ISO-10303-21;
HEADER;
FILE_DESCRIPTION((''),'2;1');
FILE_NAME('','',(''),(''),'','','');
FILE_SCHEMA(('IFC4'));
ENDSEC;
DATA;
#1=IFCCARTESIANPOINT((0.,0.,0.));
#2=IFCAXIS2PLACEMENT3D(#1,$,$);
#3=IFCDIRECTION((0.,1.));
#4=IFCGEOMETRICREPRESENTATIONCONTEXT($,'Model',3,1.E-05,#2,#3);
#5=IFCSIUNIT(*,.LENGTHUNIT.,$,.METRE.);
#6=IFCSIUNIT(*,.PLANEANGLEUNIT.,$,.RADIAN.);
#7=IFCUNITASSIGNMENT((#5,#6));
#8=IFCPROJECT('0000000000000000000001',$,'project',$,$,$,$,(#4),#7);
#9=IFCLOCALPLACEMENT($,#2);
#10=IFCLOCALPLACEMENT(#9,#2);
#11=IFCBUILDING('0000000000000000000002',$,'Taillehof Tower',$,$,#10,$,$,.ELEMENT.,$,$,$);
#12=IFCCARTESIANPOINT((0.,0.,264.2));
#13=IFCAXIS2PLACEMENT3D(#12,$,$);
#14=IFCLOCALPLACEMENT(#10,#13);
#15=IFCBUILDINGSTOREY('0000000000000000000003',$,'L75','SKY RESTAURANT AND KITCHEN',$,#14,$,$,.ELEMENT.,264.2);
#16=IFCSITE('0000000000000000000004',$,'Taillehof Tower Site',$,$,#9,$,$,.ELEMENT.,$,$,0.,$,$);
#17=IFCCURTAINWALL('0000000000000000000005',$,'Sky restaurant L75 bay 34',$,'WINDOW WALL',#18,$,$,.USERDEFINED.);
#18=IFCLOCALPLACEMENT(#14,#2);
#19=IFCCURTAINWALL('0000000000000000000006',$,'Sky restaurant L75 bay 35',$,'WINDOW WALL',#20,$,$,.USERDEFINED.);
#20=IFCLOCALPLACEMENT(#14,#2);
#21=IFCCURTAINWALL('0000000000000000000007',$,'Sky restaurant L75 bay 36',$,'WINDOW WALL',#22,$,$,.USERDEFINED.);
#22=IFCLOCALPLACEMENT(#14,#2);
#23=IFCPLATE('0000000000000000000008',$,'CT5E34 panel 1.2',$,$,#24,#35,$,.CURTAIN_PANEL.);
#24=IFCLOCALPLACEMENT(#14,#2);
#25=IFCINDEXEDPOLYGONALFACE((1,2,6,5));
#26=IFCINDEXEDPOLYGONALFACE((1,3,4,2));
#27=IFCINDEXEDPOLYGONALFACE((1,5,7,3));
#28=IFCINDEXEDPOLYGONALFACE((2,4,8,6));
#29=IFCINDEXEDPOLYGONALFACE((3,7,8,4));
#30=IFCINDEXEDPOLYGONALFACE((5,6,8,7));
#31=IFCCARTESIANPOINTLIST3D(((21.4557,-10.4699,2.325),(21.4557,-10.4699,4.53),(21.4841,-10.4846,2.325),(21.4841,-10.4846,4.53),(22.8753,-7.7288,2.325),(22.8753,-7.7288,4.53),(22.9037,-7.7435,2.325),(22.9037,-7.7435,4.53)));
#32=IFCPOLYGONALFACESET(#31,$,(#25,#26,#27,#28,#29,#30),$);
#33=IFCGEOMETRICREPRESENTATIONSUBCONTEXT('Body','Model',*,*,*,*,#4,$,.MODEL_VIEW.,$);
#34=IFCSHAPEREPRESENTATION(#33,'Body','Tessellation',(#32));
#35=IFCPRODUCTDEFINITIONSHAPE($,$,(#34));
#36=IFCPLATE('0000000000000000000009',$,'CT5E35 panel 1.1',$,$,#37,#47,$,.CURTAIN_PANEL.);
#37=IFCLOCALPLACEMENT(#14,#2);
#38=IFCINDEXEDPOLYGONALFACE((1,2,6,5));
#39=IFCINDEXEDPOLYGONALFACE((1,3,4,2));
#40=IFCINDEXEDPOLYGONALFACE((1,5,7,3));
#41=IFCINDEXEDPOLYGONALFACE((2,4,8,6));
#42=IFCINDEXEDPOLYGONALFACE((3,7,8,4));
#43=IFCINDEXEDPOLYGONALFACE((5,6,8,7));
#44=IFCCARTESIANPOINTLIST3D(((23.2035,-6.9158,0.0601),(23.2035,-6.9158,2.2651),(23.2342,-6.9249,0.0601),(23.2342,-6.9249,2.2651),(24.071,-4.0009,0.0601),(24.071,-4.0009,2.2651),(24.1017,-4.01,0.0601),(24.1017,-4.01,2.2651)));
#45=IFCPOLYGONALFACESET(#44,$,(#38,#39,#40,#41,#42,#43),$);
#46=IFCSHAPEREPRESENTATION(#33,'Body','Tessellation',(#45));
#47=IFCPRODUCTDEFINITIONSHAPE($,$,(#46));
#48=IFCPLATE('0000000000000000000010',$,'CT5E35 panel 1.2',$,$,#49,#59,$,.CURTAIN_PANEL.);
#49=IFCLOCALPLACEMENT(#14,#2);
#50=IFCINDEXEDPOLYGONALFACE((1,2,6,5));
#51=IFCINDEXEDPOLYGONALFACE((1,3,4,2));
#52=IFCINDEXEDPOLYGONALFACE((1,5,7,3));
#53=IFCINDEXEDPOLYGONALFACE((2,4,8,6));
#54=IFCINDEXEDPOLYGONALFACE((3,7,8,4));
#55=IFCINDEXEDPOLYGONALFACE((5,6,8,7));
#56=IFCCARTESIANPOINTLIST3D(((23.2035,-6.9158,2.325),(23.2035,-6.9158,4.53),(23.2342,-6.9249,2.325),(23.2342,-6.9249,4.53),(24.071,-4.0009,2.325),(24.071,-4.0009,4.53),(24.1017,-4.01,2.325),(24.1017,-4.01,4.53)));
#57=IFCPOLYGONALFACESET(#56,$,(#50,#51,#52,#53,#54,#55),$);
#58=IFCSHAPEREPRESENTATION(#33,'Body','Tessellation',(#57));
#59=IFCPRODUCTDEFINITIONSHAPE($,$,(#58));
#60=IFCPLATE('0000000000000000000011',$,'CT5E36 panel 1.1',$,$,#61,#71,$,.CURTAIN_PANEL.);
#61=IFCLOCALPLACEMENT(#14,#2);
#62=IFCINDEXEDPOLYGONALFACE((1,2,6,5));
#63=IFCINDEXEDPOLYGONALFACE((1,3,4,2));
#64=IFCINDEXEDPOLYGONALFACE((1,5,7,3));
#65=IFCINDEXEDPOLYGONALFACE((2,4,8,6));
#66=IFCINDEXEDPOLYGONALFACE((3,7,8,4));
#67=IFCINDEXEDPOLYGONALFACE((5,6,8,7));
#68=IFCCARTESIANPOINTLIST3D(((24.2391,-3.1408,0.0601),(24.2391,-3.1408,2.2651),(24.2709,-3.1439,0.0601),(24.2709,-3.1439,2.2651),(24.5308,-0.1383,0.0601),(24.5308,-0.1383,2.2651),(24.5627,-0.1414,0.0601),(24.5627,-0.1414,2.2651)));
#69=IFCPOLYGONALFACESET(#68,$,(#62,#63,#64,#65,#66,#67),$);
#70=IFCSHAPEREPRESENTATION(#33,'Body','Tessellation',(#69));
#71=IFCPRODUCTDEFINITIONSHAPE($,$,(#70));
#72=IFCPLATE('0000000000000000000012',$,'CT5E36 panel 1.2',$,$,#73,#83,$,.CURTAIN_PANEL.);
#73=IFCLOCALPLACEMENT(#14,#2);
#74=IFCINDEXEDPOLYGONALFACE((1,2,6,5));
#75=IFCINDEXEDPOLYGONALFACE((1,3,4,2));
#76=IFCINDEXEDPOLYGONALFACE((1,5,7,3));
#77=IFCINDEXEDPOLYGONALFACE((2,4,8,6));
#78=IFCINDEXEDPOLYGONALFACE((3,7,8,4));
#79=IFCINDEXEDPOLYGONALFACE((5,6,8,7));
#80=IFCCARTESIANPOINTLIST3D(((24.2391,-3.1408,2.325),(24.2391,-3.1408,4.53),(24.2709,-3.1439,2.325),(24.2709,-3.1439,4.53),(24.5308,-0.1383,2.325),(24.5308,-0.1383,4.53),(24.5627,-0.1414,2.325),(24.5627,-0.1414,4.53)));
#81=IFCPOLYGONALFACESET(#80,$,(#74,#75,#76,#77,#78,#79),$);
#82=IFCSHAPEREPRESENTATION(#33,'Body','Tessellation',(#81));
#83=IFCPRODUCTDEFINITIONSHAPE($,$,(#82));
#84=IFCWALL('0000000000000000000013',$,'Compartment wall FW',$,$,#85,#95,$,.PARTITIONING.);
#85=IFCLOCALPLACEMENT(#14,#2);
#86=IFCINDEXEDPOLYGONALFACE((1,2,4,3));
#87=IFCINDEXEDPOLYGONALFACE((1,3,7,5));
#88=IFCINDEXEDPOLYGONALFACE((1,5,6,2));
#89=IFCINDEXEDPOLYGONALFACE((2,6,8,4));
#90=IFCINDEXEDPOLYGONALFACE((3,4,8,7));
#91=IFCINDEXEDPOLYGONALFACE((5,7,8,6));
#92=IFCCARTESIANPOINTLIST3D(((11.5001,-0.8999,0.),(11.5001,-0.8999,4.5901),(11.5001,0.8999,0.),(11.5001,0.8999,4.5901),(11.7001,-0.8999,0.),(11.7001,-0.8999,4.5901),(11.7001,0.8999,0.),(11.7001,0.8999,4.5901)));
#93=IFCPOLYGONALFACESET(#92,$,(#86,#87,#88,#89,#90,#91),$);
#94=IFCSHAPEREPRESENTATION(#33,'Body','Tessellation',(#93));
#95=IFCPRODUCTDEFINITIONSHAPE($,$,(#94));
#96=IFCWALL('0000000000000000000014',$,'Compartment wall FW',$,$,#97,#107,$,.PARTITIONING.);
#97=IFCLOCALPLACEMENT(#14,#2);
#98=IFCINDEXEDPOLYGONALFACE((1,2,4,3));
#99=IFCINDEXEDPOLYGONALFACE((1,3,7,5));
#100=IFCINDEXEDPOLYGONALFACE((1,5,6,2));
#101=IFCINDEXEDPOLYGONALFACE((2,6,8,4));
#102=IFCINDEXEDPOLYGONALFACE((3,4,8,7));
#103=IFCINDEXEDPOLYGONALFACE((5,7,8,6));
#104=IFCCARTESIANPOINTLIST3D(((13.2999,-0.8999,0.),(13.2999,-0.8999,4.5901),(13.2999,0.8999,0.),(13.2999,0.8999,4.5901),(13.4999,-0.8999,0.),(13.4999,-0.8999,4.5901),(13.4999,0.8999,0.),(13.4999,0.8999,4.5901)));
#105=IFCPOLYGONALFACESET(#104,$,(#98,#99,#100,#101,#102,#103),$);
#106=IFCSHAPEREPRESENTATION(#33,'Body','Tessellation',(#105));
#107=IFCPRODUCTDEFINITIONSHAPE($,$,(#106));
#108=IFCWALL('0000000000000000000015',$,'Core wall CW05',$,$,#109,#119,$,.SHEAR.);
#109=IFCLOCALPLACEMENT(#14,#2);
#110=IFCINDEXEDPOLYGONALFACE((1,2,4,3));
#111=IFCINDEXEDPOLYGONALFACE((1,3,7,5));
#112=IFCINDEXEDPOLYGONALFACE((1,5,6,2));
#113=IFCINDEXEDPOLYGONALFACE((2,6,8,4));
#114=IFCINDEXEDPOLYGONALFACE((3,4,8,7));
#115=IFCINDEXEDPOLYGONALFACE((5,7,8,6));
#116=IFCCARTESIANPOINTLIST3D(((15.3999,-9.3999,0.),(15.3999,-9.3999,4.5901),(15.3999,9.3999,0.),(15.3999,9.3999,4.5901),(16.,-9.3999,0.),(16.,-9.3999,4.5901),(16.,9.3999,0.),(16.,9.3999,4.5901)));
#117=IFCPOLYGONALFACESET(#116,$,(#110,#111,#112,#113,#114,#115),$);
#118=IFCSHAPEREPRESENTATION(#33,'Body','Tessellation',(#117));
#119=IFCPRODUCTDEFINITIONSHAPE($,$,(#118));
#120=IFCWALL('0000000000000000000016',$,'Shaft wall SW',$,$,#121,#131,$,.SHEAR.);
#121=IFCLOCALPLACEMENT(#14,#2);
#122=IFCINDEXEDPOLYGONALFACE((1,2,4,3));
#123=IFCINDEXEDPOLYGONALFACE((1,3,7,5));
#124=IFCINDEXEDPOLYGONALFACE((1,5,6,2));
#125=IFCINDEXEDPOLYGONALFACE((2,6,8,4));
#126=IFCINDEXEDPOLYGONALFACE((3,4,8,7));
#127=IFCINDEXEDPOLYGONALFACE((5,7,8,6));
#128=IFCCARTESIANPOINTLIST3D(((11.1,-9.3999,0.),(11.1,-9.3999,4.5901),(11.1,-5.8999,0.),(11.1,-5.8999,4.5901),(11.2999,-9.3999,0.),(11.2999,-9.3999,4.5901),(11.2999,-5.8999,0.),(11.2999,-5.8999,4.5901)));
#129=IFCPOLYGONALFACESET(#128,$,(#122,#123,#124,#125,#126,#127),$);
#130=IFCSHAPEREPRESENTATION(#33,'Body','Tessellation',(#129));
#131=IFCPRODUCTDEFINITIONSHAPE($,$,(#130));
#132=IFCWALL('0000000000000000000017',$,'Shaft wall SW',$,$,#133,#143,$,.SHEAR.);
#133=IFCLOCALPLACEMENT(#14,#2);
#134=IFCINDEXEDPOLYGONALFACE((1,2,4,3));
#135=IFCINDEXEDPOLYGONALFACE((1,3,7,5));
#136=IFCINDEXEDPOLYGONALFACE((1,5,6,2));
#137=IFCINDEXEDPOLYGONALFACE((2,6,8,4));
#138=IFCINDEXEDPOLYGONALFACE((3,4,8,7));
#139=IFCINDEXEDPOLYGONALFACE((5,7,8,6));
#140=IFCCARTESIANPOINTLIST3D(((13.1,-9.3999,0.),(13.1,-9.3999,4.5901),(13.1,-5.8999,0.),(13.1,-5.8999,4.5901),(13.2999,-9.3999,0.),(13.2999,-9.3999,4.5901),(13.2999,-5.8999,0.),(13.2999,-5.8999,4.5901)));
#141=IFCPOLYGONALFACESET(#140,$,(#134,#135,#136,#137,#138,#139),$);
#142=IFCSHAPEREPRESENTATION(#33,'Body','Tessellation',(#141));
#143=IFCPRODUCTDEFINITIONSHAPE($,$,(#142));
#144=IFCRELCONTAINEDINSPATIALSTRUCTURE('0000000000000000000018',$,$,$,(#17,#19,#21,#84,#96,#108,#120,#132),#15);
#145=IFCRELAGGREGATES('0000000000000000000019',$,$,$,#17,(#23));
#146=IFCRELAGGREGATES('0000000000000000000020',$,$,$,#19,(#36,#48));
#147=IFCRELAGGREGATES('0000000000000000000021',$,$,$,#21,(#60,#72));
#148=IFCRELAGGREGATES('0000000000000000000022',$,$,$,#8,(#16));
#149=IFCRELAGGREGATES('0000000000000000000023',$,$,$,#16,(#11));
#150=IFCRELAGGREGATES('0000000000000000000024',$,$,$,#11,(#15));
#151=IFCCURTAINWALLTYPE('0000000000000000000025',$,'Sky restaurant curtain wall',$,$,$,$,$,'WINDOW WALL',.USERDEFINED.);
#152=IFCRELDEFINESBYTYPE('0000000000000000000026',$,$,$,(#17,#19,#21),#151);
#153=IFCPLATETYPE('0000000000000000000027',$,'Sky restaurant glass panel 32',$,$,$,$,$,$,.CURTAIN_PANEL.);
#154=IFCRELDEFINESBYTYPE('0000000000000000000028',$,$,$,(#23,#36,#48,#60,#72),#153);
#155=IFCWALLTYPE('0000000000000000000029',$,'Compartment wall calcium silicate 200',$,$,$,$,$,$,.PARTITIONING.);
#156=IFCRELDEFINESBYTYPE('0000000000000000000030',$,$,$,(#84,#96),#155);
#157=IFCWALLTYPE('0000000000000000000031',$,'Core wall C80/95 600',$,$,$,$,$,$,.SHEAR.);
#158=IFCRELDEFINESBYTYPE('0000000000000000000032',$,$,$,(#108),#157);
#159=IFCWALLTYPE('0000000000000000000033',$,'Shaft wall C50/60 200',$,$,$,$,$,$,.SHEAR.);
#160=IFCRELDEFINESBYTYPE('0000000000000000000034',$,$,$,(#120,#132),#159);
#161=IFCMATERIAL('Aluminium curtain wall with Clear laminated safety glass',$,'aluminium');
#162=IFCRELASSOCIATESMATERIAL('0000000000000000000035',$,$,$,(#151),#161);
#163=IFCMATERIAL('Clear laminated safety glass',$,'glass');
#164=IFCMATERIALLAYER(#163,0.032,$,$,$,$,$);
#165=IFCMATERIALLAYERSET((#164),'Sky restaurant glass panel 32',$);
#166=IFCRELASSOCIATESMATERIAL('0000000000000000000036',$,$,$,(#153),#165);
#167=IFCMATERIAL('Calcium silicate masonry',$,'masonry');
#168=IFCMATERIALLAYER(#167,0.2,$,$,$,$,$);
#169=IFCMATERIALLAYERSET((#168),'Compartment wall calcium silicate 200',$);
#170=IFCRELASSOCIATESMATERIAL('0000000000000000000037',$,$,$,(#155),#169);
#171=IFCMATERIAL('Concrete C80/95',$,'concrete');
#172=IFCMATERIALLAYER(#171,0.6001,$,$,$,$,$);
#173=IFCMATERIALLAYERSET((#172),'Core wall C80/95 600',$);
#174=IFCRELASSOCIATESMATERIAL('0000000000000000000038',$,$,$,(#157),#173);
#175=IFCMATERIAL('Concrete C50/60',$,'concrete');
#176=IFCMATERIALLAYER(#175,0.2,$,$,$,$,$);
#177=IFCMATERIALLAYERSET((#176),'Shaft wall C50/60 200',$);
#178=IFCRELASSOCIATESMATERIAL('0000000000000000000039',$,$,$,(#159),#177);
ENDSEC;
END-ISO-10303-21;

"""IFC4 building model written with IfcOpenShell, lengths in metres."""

from ifc_helpers import new_model, si_unit, direction, frame, frame_2d, origin, origin_2d, place, context, subcontext, project, spatial, rectangle, extrude, material, layer, layer_set, type_object, element, aggregate, save


model = new_model("IFC4")

# Units and contexts
model_context = context("Model", 3, precision=1e-05, world=origin(), true_north=direction((0.0, 1.0)))
body_context = subcontext(model_context, "Body", "Model", "MODEL_VIEW")
ifc_project = project(units=[si_unit("LENGTHUNIT", "METRE"), si_unit("PLANEANGLEUNIT", "RADIAN")], contexts=[model_context])

# Site, building, storey
site_placement = place(None, origin())
site = spatial("IfcSite", under=ifc_project, at=site_placement, Name="Taillehof Tower Site", CompositionType="ELEMENT", RefElevation=0.0)
building_placement = place(site_placement, origin())
building = spatial("IfcBuilding", under=site, at=building_placement, Name="Taillehof Tower", CompositionType="ELEMENT")
storey_placement = place(building_placement, frame((0.0, 0.0, 264.2)))
storey = spatial("IfcBuildingStorey", under=building, at=storey_placement, Name="L75", Description="SKY RESTAURANT AND KITCHEN", CompositionType="ELEMENT", Elevation=264.2)

# Shared definitions
ifc_material_1 = material(Name="Aluminium curtain wall with Clear laminated safety glass", Category="aluminium")
curtain_wall_type = type_object("IfcCurtainWallType", Name="Sky restaurant curtain wall", ElementType="WINDOW WALL", PredefinedType="USERDEFINED", material=ifc_material_1)

# Curtain walls
curtain_wall_1_placement = place(storey_placement, origin())
curtain_wall_1 = element("IfcCurtainWall", 1, at=curtain_wall_1_placement, inside=storey, type_object=curtain_wall_type, Name="Sky restaurant L75 bay 34", ObjectType="WINDOW WALL", PredefinedType="USERDEFINED")
curtain_wall_2_placement = place(storey_placement, origin())
curtain_wall_2 = element("IfcCurtainWall", 2, at=curtain_wall_2_placement, inside=storey, type_object=curtain_wall_type, Name="Sky restaurant L75 bay 35", ObjectType="WINDOW WALL", PredefinedType="USERDEFINED")
curtain_wall_3_placement = place(storey_placement, origin())
curtain_wall_3 = element("IfcCurtainWall", 3, at=curtain_wall_3_placement, inside=storey, type_object=curtain_wall_type, Name="Sky restaurant L75 bay 36", ObjectType="WINDOW WALL", PredefinedType="USERDEFINED")

# Plates
ifc_material_2 = material(Name="Clear laminated safety glass", Category="glass")
ifc_layer_1 = layer(ifc_material_2, 0.032)
ifc_layer_set_1 = layer_set([ifc_layer_1], Name="Sky restaurant glass panel 32")
plate_type = type_object("IfcPlateType", Name="Sky restaurant glass panel 32", PredefinedType="CURTAIN_PANEL", material=ifc_layer_set_1)
plate_1_placement = place(storey_placement, frame((22.1797, -9.1067, 2.325), z_axis=(0.0, 0.0, 1.0), x_axis=(0.459891, 0.887975, 0.0)))
plate_1 = element("IfcPlate", 4, at=plate_1_placement, type_object=plate_type, Name="CT5E34 panel 1.2", PredefinedType="CURTAIN_PANEL", context=body_context, shape_type="SweptSolid", body=[
    extrude(rectangle(XDim=3.0869, YDim=0.032, at=origin_2d()), origin(), (0.0, 0.0, 1.0), 2.2051),
])
aggregate(curtain_wall_1, [plate_1])
plate_2_placement = place(storey_placement, frame((23.6526, -5.4629, 0.0601), z_axis=(0.0, 0.0, 1.0), x_axis=(0.285236, 0.958457, 0.0)))
plate_2 = element("IfcPlate", 5, at=plate_2_placement, type_object=plate_type, Name="CT5E35 panel 1.1", PredefinedType="CURTAIN_PANEL", context=body_context, shape_type="SweptSolid", body=[
    extrude(rectangle(XDim=3.0413, YDim=0.032, at=origin_2d()), origin(), (0.0, 0.0, 1.0), 2.2051),
])
plate_3_placement = place(storey_placement, frame((23.6526, -5.4629, 2.325), z_axis=(0.0, 0.0, 1.0), x_axis=(0.285236, 0.958457, 0.0)))
plate_3 = element("IfcPlate", 6, at=plate_3_placement, type_object=plate_type, Name="CT5E35 panel 1.2", PredefinedType="CURTAIN_PANEL", context=body_context, shape_type="SweptSolid", body=[
    extrude(rectangle(XDim=3.0413, YDim=0.032, at=origin_2d()), origin(), (0.0, 0.0, 1.0), 2.2051),
])
aggregate(curtain_wall_2, [plate_2, plate_3])
plate_4_placement = place(storey_placement, frame((24.4009, -1.6411, 0.0601), z_axis=(0.0, 0.0, 1.0), x_axis=(0.096714, 0.995312, 0.0)))
plate_4 = element("IfcPlate", 7, at=plate_4_placement, type_object=plate_type, Name="CT5E36 panel 1.1", PredefinedType="CURTAIN_PANEL", context=body_context, shape_type="SweptSolid", body=[
    extrude(rectangle(XDim=3.0166, YDim=0.032, at=origin_2d()), origin(), (0.0, 0.0, 1.0), 2.2051),
])
plate_5_placement = place(storey_placement, frame((24.4009, -1.6411, 2.325), z_axis=(0.0, 0.0, 1.0), x_axis=(0.096714, 0.995312, 0.0)))
plate_5 = element("IfcPlate", 8, at=plate_5_placement, type_object=plate_type, Name="CT5E36 panel 1.2", PredefinedType="CURTAIN_PANEL", context=body_context, shape_type="SweptSolid", body=[
    extrude(rectangle(XDim=3.0166, YDim=0.032, at=origin_2d()), origin(), (0.0, 0.0, 1.0), 2.2051),
])
aggregate(curtain_wall_3, [plate_4, plate_5])

# Walls
ifc_material_3 = material(Name="Calcium silicate masonry", Category="masonry")
ifc_layer_2 = layer(ifc_material_3, 0.2)
ifc_layer_set_2 = layer_set([ifc_layer_2], Name="Compartment wall calcium silicate 200")
wall_type_1 = type_object("IfcWallType", Name="Compartment wall calcium silicate 200", PredefinedType="PARTITIONING", material=ifc_layer_set_2)
for number, where, z_axis, x_axis, name in (
    (9, (11.6001, -0.8999, 0.0), (0.0, 0.0, 1.0), (0.0, 1.0, 0.0), "Compartment wall FW"),
    (10, (13.3999, -0.8999, 0.0), (0.0, 0.0, 1.0), (0.0, 1.0, 0.0), "Compartment wall FW"),
):
    element("IfcWall", number, at=place(storey_placement, frame(where, z_axis=z_axis, x_axis=x_axis)), inside=storey, type_object=wall_type_1, Name=name, PredefinedType="PARTITIONING", context=body_context, shape_type="SweptSolid", body=[
        extrude(rectangle(XDim=1.7998, YDim=0.2, at=frame_2d((0.8999, 0.0))), origin(), (0.0, 0.0, 1.0), 4.5901),
    ])
ifc_material_4 = material(Name="Concrete C80/95", Category="concrete")
ifc_layer_3 = layer(ifc_material_4, 0.6001)
ifc_layer_set_3 = layer_set([ifc_layer_3], Name="Core wall C80/95 600")
wall_type_2 = type_object("IfcWallType", Name="Core wall C80/95 600", PredefinedType="SHEAR", material=ifc_layer_set_3)
wall_placement = place(storey_placement, frame((15.7, -9.3999, 0.0), z_axis=(0.0, 0.0, 1.0), x_axis=(0.0, 1.0, 0.0)))
element("IfcWall", 11, at=wall_placement, inside=storey, type_object=wall_type_2, Name="Core wall CW05", PredefinedType="SHEAR", context=body_context, shape_type="SweptSolid", body=[
    extrude(rectangle(XDim=18.7998, YDim=0.6001, at=frame_2d((9.3999, 0.0))), origin(), (0.0, 0.0, 1.0), 4.5901),
])
ifc_material_5 = material(Name="Concrete C50/60", Category="concrete")
ifc_layer_4 = layer(ifc_material_5, 0.2)
ifc_layer_set_4 = layer_set([ifc_layer_4], Name="Shaft wall C50/60 200")
wall_type_3 = type_object("IfcWallType", Name="Shaft wall C50/60 200", PredefinedType="SHEAR", material=ifc_layer_set_4)
for number, where, z_axis, x_axis, name in (
    (12, (11.2, -9.3999, 0.0), (0.0, 0.0, 1.0), (0.0, 1.0, 0.0), "Shaft wall SW"),
    (13, (13.2, -9.3999, 0.0), (0.0, 0.0, 1.0), (0.0, 1.0, 0.0), "Shaft wall SW"),
):
    element("IfcWall", number, at=place(storey_placement, frame(where, z_axis=z_axis, x_axis=x_axis)), inside=storey, type_object=wall_type_3, Name=name, PredefinedType="SHEAR", context=body_context, shape_type="SweptSolid", body=[
        extrude(rectangle(XDim=3.5, YDim=0.2, at=frame_2d((1.75, 0.0))), origin(), (0.0, 0.0, 1.0), 4.5901),
    ])

save(model, "model.ifc")
